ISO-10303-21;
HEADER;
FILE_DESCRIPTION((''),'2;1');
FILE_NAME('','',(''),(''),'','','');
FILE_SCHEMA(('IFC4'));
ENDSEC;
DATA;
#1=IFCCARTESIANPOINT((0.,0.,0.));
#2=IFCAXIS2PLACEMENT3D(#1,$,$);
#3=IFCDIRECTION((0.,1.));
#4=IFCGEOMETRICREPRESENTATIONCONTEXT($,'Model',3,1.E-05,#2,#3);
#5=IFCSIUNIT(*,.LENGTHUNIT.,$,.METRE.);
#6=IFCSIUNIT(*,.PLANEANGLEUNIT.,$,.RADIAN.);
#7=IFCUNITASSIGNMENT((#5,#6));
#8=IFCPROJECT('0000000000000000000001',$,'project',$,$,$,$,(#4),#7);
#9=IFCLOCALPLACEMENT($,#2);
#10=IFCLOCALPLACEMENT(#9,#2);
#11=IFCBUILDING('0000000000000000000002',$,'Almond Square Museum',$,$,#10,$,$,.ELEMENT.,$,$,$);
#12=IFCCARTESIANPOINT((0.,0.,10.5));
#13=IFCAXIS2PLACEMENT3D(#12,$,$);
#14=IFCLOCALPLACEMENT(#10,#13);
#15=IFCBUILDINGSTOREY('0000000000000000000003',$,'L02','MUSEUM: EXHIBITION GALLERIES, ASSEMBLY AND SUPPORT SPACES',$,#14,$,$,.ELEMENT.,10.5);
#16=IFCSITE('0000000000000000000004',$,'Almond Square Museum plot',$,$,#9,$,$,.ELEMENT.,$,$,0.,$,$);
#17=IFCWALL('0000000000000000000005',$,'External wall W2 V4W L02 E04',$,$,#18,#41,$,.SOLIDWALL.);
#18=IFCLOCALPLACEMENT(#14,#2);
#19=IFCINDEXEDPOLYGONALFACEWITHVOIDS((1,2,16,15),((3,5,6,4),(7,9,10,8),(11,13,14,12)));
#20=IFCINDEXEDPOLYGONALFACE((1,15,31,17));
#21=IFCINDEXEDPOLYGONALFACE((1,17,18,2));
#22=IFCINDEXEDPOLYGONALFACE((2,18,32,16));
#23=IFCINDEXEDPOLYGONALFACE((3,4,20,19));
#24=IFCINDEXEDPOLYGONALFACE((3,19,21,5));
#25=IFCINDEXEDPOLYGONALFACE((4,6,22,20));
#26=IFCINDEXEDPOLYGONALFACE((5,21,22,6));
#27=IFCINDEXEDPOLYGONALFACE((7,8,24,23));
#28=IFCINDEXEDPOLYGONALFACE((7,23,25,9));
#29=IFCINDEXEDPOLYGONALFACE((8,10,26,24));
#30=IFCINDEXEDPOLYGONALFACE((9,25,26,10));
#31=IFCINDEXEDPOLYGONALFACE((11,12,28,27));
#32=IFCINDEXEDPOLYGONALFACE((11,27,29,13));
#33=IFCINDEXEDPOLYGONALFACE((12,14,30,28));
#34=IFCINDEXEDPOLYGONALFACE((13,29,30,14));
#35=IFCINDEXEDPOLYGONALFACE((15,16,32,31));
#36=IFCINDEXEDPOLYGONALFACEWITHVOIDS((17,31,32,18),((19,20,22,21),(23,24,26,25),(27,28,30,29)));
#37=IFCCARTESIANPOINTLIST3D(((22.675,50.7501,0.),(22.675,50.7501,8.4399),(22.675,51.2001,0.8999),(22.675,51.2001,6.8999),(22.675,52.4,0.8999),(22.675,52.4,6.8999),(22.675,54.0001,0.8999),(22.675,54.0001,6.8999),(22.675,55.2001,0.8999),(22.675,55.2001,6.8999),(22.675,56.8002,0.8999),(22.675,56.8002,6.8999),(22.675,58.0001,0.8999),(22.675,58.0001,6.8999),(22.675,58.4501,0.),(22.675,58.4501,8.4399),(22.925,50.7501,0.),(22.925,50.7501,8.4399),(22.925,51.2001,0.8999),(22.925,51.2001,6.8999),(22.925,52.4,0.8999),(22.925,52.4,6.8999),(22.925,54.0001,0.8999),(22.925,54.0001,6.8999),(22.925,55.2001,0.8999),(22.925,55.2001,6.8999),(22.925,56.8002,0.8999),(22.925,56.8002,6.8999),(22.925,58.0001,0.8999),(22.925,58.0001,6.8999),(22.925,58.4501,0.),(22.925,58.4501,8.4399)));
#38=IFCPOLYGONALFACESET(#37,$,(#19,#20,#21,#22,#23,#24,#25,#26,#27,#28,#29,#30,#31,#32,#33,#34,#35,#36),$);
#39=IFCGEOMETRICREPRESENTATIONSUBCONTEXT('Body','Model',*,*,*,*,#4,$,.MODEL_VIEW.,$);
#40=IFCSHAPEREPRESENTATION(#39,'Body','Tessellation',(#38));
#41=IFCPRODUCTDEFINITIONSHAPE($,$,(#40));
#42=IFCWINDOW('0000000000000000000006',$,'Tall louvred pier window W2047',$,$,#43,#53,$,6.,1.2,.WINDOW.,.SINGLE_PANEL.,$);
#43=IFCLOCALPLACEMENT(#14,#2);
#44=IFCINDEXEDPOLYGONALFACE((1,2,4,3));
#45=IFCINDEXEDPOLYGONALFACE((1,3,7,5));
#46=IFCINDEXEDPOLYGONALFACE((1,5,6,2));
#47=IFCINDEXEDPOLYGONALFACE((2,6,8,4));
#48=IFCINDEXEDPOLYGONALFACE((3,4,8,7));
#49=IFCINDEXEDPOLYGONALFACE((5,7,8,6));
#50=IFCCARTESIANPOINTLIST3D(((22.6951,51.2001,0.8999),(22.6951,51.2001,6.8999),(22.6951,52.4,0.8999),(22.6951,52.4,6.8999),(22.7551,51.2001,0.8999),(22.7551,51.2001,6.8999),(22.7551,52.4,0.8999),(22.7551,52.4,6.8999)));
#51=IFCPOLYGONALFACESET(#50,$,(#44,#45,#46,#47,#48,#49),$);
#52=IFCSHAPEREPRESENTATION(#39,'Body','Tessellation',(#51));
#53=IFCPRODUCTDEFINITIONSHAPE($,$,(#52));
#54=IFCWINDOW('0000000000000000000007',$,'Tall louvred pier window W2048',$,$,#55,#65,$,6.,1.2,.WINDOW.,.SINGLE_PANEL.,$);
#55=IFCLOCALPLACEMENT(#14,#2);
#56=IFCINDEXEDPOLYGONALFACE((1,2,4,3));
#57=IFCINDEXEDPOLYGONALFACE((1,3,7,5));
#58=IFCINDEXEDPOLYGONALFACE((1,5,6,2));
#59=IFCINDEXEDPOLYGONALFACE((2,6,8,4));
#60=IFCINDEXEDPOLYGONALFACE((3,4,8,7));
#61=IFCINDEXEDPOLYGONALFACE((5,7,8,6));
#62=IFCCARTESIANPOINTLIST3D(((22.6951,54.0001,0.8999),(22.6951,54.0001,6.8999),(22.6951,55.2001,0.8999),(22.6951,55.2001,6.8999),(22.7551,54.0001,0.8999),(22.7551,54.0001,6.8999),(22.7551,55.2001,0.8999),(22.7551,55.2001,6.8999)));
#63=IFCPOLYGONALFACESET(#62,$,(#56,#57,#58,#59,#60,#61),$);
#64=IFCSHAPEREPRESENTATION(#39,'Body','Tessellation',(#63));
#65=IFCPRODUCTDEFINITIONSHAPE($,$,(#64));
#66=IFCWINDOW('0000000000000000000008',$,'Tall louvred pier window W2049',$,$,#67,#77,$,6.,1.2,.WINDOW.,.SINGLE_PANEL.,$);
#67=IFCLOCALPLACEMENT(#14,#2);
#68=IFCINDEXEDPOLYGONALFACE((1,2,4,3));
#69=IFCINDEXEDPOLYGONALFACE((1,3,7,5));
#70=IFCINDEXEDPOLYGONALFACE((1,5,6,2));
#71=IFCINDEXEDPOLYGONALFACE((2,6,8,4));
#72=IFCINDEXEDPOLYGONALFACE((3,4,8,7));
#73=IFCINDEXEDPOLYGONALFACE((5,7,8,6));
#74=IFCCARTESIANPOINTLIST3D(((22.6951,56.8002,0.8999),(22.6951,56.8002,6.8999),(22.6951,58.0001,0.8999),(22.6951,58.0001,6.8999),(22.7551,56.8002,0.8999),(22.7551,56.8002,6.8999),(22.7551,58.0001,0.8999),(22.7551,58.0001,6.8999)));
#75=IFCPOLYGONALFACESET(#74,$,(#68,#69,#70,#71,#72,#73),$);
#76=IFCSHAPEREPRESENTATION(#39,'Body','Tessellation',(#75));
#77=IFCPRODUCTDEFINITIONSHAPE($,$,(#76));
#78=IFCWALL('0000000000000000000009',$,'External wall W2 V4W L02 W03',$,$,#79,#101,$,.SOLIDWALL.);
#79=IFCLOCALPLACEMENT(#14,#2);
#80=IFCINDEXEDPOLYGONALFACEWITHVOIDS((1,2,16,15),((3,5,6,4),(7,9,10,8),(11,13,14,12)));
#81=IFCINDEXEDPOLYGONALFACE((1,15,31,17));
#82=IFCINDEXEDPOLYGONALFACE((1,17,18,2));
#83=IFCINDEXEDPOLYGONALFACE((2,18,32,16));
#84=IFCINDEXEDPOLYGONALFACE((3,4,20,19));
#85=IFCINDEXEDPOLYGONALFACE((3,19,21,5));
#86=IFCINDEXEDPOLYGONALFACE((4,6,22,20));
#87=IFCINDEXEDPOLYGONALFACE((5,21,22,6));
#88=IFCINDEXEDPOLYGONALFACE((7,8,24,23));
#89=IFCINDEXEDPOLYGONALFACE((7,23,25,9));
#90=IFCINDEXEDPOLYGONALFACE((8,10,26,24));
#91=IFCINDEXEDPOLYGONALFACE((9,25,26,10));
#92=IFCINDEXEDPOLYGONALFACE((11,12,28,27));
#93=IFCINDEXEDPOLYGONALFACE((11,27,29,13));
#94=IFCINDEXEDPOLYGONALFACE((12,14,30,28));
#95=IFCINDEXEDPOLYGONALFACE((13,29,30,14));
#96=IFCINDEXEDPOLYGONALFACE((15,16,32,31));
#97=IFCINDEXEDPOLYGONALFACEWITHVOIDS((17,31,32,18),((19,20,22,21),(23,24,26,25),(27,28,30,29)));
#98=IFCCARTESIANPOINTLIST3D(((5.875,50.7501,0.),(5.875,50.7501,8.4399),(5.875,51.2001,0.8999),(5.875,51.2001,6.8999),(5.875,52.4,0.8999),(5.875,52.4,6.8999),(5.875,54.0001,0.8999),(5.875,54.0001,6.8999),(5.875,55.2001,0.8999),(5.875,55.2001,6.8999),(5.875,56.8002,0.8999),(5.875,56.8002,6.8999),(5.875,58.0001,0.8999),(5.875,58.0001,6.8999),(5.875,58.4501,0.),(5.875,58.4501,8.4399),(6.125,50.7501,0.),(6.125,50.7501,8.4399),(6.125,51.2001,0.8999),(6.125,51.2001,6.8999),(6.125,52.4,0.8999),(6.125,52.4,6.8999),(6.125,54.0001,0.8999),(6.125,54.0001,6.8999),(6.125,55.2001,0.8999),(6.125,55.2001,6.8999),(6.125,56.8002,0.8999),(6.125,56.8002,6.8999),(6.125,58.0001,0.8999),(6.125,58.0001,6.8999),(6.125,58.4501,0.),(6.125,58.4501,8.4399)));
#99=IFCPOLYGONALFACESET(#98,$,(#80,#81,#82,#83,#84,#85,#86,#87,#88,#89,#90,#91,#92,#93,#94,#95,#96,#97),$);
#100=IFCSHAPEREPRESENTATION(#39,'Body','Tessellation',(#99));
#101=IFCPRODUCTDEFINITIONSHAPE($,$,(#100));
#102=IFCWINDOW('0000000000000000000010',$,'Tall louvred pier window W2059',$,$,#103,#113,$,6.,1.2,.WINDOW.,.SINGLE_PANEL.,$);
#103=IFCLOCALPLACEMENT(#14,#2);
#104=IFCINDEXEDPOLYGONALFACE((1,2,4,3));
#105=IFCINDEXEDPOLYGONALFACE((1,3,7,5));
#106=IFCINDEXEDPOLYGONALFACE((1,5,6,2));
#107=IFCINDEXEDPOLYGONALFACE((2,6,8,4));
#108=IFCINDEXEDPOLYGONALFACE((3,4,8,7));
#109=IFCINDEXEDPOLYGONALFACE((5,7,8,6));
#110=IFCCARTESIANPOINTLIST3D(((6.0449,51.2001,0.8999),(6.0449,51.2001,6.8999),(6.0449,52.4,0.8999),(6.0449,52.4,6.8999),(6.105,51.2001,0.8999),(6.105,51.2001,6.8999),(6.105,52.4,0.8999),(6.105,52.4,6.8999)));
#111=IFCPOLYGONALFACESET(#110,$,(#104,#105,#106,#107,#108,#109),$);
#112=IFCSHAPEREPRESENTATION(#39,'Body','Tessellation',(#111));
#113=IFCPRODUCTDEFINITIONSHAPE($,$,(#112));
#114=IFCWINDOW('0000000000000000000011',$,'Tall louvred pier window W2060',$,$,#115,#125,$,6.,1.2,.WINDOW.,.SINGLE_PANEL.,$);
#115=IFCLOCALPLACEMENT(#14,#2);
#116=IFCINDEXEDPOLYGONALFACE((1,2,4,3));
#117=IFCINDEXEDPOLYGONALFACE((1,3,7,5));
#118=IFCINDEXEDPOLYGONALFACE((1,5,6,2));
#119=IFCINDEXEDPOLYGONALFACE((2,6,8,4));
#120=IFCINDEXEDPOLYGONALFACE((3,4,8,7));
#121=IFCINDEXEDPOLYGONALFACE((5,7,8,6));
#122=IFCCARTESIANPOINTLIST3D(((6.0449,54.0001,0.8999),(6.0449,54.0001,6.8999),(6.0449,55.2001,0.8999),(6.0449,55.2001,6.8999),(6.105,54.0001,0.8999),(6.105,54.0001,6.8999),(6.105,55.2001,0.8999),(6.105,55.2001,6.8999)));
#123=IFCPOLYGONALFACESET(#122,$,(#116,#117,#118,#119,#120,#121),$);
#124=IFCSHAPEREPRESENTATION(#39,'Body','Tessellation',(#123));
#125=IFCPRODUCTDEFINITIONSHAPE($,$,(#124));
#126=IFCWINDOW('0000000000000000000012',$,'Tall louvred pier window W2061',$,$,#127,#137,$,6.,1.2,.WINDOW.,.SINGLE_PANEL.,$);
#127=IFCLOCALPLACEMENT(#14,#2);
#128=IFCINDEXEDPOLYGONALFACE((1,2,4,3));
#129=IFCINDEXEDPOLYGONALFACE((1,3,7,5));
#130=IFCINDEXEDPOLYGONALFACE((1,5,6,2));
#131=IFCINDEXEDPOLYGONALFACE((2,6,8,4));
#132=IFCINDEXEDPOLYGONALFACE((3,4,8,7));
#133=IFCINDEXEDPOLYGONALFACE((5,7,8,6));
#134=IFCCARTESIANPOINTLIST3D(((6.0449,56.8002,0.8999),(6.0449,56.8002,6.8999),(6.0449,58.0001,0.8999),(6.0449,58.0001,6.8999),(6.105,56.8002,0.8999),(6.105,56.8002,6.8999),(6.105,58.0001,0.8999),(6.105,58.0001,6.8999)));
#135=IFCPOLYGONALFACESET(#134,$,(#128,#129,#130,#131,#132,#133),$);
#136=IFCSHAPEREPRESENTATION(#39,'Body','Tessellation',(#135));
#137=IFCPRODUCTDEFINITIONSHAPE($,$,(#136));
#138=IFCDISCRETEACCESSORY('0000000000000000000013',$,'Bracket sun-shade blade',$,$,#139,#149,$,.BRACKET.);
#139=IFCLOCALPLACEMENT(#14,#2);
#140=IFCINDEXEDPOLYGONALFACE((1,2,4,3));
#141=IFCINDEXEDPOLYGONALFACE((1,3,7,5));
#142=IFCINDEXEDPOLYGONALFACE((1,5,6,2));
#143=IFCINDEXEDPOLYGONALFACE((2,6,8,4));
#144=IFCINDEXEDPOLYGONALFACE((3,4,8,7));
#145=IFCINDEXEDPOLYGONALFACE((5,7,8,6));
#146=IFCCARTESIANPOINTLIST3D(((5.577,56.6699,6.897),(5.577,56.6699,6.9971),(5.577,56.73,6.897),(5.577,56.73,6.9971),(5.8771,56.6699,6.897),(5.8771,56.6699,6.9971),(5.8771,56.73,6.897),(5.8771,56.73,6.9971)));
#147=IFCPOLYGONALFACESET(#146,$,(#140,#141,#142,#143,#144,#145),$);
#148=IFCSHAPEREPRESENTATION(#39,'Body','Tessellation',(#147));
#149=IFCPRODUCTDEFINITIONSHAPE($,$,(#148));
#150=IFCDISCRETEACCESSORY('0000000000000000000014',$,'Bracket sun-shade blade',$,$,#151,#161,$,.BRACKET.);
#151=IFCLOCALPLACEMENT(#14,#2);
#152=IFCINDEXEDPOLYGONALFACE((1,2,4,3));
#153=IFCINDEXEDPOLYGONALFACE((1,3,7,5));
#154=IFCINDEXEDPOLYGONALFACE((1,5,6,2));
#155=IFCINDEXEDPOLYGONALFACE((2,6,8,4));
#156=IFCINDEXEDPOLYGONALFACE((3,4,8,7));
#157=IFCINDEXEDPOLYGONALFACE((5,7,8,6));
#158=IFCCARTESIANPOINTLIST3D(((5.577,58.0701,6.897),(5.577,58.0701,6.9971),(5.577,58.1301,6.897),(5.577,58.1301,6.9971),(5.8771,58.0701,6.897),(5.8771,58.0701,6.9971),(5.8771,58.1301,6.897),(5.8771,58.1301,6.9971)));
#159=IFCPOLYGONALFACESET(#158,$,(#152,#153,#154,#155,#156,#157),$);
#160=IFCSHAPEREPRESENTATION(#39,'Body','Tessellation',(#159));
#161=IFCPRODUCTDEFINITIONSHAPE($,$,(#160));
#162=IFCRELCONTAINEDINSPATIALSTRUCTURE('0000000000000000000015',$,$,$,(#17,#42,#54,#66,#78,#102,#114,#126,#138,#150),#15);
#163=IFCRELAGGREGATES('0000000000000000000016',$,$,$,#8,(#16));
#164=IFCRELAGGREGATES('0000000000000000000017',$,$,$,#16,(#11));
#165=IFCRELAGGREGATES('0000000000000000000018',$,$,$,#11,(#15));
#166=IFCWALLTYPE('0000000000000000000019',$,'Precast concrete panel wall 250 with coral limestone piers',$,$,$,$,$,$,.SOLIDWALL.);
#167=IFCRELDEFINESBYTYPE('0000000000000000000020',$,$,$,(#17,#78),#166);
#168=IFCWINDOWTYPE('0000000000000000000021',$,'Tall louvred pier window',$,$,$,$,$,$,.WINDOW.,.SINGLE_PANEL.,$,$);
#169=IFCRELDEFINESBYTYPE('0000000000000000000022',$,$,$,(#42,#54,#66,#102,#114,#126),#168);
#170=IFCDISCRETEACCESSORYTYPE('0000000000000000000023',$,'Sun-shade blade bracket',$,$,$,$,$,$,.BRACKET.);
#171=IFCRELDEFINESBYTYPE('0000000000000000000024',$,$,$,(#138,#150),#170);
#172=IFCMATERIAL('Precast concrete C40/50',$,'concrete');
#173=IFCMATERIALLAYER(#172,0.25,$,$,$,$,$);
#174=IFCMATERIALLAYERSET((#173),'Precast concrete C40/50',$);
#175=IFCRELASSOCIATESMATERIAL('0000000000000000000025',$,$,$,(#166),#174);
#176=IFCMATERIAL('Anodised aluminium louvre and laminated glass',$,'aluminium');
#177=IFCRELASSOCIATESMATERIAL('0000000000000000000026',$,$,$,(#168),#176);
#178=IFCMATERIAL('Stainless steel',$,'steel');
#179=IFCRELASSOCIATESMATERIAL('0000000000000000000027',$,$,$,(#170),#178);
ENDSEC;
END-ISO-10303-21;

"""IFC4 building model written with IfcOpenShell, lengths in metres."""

from ifc_helpers import new_model, si_unit, direction, frame, frame_2d, origin, origin_2d, place, context, subcontext, project, spatial, rectangle, extrude, material, layer, layer_set, type_object, element, fill, save


model = new_model("IFC4")

# Units and contexts
model_context = context("Model", 3, precision=1e-05, world=origin(), true_north=direction((0.0, 1.0)))
body_context = subcontext(model_context, "Body", "Model", "MODEL_VIEW")
ifc_project = project(units=[si_unit("LENGTHUNIT", "METRE"), si_unit("PLANEANGLEUNIT", "RADIAN")], contexts=[model_context])

# Site, building, storey
site_placement = place(None, origin())
site = spatial("IfcSite", under=ifc_project, at=site_placement, Name="Almond Square Museum plot", CompositionType="ELEMENT", RefElevation=0.0)
building_placement = place(site_placement, origin())
building = spatial("IfcBuilding", under=site, at=building_placement, Name="Almond Square Museum", CompositionType="ELEMENT")
storey_placement = place(building_placement, frame((0.0, 0.0, 10.5)))
storey = spatial("IfcBuildingStorey", under=building, at=storey_placement, Name="L02", Description="MUSEUM: EXHIBITION GALLERIES, ASSEMBLY AND SUPPORT SPACES", CompositionType="ELEMENT", Elevation=10.5)

# Walls, openings, windows
ifc_material_1 = material(Name="Precast concrete C40/50", Category="concrete")
ifc_layer = layer(ifc_material_1, 0.25)
ifc_layer_set = layer_set([ifc_layer], Name="Precast concrete C40/50")
wall_type = type_object("IfcWallType", Name="Precast concrete panel wall 250 with coral limestone piers", PredefinedType="SOLIDWALL", material=ifc_layer_set)
wall_1_placement = place(storey_placement, frame((22.8, 50.75, 0.0), z_axis=(0.0, 0.0, 1.0), x_axis=(0.0, 1.0, 0.0)))
wall_1 = element("IfcWall", 1, at=wall_1_placement, inside=storey, type_object=wall_type, Name="External wall W2 V4W L02 E04", PredefinedType="SOLIDWALL", context=body_context, shape_type="SweptSolid", body=[
    extrude(rectangle(XDim=7.7, YDim=0.25, at=frame_2d((3.8501, 0.0))), origin(), (0.0, 0.0, 1.0), 8.4399),
])
opening_1_placement = place(wall_1_placement, frame((0.45, 0.0, 0.8999)))
opening_1 = element("IfcOpeningElement", 2, at=opening_1_placement, cuts=wall_1, PredefinedType="OPENING", context=body_context, shape_type="SweptSolid", body=[
    extrude(rectangle(XDim=1.2, YDim=6.0, at=frame_2d((0.6001, 3.0))), frame((0.0, 0.135, 0.0), z_axis=(0.0, -1.0, 0.0), x_axis=(1.0, 0.0, 0.0)), (0.0, 0.0, 1.0), 0.27),
])
opening_2_placement = place(wall_1_placement, frame((3.25, 0.0, 0.8999)))
opening_2 = element("IfcOpeningElement", 3, at=opening_2_placement, cuts=wall_1, PredefinedType="OPENING", context=body_context, shape_type="SweptSolid", body=[
    extrude(rectangle(XDim=1.2, YDim=6.0, at=frame_2d((0.6001, 3.0))), frame((0.0, 0.135, 0.0), z_axis=(0.0, -1.0, 0.0), x_axis=(1.0, 0.0, 0.0)), (0.0, 0.0, 1.0), 0.27),
])
opening_3_placement = place(wall_1_placement, frame((6.05, 0.0, 0.8999)))
opening_3 = element("IfcOpeningElement", 4, at=opening_3_placement, cuts=wall_1, PredefinedType="OPENING", context=body_context, shape_type="SweptSolid", body=[
    extrude(rectangle(XDim=1.2, YDim=6.0, at=frame_2d((0.6001, 3.0))), frame((0.0, 0.135, 0.0), z_axis=(0.0, -1.0, 0.0), x_axis=(1.0, 0.0, 0.0)), (0.0, 0.0, 1.0), 0.27),
])
ifc_material_2 = material(Name="Anodised aluminium louvre and laminated glass", Category="aluminium")
window_type = type_object("IfcWindowType", Name="Tall louvred pier window", PartitioningType="SINGLE_PANEL", PredefinedType="WINDOW", material=ifc_material_2)
window_1_placement = place(opening_1_placement, origin())
window_1 = element("IfcWindow", 5, at=window_1_placement, inside=storey, type_object=window_type, Name="Tall louvred pier window W2047", OverallHeight=6.0, OverallWidth=1.2, PartitioningType="SINGLE_PANEL", PredefinedType="WINDOW", context=body_context, shape_type="SweptSolid", body=[
    extrude(rectangle(XDim=1.2, YDim=6.0, at=frame_2d((0.6001, 3.0))), frame((0.0, 0.105, 0.0), z_axis=(0.0, -1.0, 0.0), x_axis=(1.0, 0.0, 0.0)), (0.0, 0.0, 1.0), 0.0601),
])
fill(opening_1, window_1)
window_2_placement = place(opening_2_placement, origin())
window_2 = element("IfcWindow", 6, at=window_2_placement, inside=storey, type_object=window_type, Name="Tall louvred pier window W2048", OverallHeight=6.0, OverallWidth=1.2, PartitioningType="SINGLE_PANEL", PredefinedType="WINDOW", context=body_context, shape_type="SweptSolid", body=[
    extrude(rectangle(XDim=1.2, YDim=6.0, at=frame_2d((0.6001, 3.0))), frame((0.0, 0.105, 0.0), z_axis=(0.0, -1.0, 0.0), x_axis=(1.0, 0.0, 0.0)), (0.0, 0.0, 1.0), 0.0601),
])
fill(opening_2, window_2)
window_3_placement = place(opening_3_placement, origin())
window_3 = element("IfcWindow", 7, at=window_3_placement, inside=storey, type_object=window_type, Name="Tall louvred pier window W2049", OverallHeight=6.0, OverallWidth=1.2, PartitioningType="SINGLE_PANEL", PredefinedType="WINDOW", context=body_context, shape_type="SweptSolid", body=[
    extrude(rectangle(XDim=1.2, YDim=6.0, at=frame_2d((0.6001, 3.0))), frame((0.0, 0.105, 0.0), z_axis=(0.0, -1.0, 0.0), x_axis=(1.0, 0.0, 0.0)), (0.0, 0.0, 1.0), 0.0601),
])
fill(opening_3, window_3)
wall_2_placement = place(storey_placement, frame((6.0, 50.75, 0.0), z_axis=(0.0, 0.0, 1.0), x_axis=(0.0, 1.0, 0.0)))
wall_2 = element("IfcWall", 8, at=wall_2_placement, inside=storey, type_object=wall_type, Name="External wall W2 V4W L02 W03", PredefinedType="SOLIDWALL", context=body_context, shape_type="SweptSolid", body=[
    extrude(rectangle(XDim=7.7, YDim=0.25, at=frame_2d((3.8501, 0.0))), origin(), (0.0, 0.0, 1.0), 8.4399),
])
opening_4_placement = place(wall_2_placement, frame((0.45, 0.0, 0.8999)))
opening_4 = element("IfcOpeningElement", 9, at=opening_4_placement, cuts=wall_2, PredefinedType="OPENING", context=body_context, shape_type="SweptSolid", body=[
    extrude(rectangle(XDim=1.2, YDim=6.0, at=frame_2d((0.6001, 3.0))), frame((0.0, 0.135, 0.0), z_axis=(0.0, -1.0, 0.0), x_axis=(1.0, 0.0, 0.0)), (0.0, 0.0, 1.0), 0.27),
])
opening_5_placement = place(wall_2_placement, frame((3.25, 0.0, 0.8999)))
opening_5 = element("IfcOpeningElement", 10, at=opening_5_placement, cuts=wall_2, PredefinedType="OPENING", context=body_context, shape_type="SweptSolid", body=[
    extrude(rectangle(XDim=1.2, YDim=6.0, at=frame_2d((0.6001, 3.0))), frame((0.0, 0.135, 0.0), z_axis=(0.0, -1.0, 0.0), x_axis=(1.0, 0.0, 0.0)), (0.0, 0.0, 1.0), 0.27),
])
opening_6_placement = place(wall_2_placement, frame((6.05, 0.0, 0.8999)))
opening_6 = element("IfcOpeningElement", 11, at=opening_6_placement, cuts=wall_2, PredefinedType="OPENING", context=body_context, shape_type="SweptSolid", body=[
    extrude(rectangle(XDim=1.2, YDim=6.0, at=frame_2d((0.6001, 3.0))), frame((0.0, 0.135, 0.0), z_axis=(0.0, -1.0, 0.0), x_axis=(1.0, 0.0, 0.0)), (0.0, 0.0, 1.0), 0.27),
])
window_4_placement = place(opening_4_placement, origin())
window_4 = element("IfcWindow", 12, at=window_4_placement, inside=storey, type_object=window_type, Name="Tall louvred pier window W2059", OverallHeight=6.0, OverallWidth=1.2, PartitioningType="SINGLE_PANEL", PredefinedType="WINDOW", context=body_context, shape_type="SweptSolid", body=[
    extrude(rectangle(XDim=1.2, YDim=6.0, at=frame_2d((0.6001, 3.0))), frame((0.0, -0.0449, 0.0), z_axis=(0.0, -1.0, 0.0), x_axis=(1.0, 0.0, 0.0)), (0.0, 0.0, 1.0), 0.0601),
])
fill(opening_4, window_4)
window_5_placement = place(opening_5_placement, origin())
window_5 = element("IfcWindow", 13, at=window_5_placement, inside=storey, type_object=window_type, Name="Tall louvred pier window W2060", OverallHeight=6.0, OverallWidth=1.2, PartitioningType="SINGLE_PANEL", PredefinedType="WINDOW", context=body_context, shape_type="SweptSolid", body=[
    extrude(rectangle(XDim=1.2, YDim=6.0, at=frame_2d((0.6001, 3.0))), frame((0.0, -0.0449, 0.0), z_axis=(0.0, -1.0, 0.0), x_axis=(1.0, 0.0, 0.0)), (0.0, 0.0, 1.0), 0.0601),
])
fill(opening_5, window_5)
window_6_placement = place(opening_6_placement, origin())
window_6 = element("IfcWindow", 14, at=window_6_placement, inside=storey, type_object=window_type, Name="Tall louvred pier window W2061", OverallHeight=6.0, OverallWidth=1.2, PartitioningType="SINGLE_PANEL", PredefinedType="WINDOW", context=body_context, shape_type="SweptSolid", body=[
    extrude(rectangle(XDim=1.2, YDim=6.0, at=frame_2d((0.6001, 3.0))), frame((0.0, -0.0449, 0.0), z_axis=(0.0, -1.0, 0.0), x_axis=(1.0, 0.0, 0.0)), (0.0, 0.0, 1.0), 0.0601),
])
fill(opening_6, window_6)

# Discrete accessories
ifc_material_3 = material(Name="Stainless steel", Category="steel")
discrete_accessory_type = type_object("IfcDiscreteAccessoryType", Name="Sun-shade blade bracket", PredefinedType="BRACKET", material=ifc_material_3)
for number, where, z_axis, x_axis, name in (
    (15, (5.7271, 56.7, 6.897), (0.0, 0.0, 1.0), (1.0, 0.0, 0.0), "Bracket sun-shade blade"),
    (16, (5.7271, 58.1001, 6.897), (0.0, 0.0, 1.0), (1.0, 0.0, 0.0), "Bracket sun-shade blade"),
):
    element("IfcDiscreteAccessory", number, at=place(storey_placement, frame(where, z_axis=z_axis, x_axis=x_axis)), inside=storey, type_object=discrete_accessory_type, Name=name, PredefinedType="BRACKET", context=body_context, shape_type="SweptSolid", body=[
        extrude(rectangle(XDim=0.3, YDim=0.0601, at=origin_2d()), origin(), (0.0, 0.0, 1.0), 0.1001),
    ])

save(model, "model.ifc")
